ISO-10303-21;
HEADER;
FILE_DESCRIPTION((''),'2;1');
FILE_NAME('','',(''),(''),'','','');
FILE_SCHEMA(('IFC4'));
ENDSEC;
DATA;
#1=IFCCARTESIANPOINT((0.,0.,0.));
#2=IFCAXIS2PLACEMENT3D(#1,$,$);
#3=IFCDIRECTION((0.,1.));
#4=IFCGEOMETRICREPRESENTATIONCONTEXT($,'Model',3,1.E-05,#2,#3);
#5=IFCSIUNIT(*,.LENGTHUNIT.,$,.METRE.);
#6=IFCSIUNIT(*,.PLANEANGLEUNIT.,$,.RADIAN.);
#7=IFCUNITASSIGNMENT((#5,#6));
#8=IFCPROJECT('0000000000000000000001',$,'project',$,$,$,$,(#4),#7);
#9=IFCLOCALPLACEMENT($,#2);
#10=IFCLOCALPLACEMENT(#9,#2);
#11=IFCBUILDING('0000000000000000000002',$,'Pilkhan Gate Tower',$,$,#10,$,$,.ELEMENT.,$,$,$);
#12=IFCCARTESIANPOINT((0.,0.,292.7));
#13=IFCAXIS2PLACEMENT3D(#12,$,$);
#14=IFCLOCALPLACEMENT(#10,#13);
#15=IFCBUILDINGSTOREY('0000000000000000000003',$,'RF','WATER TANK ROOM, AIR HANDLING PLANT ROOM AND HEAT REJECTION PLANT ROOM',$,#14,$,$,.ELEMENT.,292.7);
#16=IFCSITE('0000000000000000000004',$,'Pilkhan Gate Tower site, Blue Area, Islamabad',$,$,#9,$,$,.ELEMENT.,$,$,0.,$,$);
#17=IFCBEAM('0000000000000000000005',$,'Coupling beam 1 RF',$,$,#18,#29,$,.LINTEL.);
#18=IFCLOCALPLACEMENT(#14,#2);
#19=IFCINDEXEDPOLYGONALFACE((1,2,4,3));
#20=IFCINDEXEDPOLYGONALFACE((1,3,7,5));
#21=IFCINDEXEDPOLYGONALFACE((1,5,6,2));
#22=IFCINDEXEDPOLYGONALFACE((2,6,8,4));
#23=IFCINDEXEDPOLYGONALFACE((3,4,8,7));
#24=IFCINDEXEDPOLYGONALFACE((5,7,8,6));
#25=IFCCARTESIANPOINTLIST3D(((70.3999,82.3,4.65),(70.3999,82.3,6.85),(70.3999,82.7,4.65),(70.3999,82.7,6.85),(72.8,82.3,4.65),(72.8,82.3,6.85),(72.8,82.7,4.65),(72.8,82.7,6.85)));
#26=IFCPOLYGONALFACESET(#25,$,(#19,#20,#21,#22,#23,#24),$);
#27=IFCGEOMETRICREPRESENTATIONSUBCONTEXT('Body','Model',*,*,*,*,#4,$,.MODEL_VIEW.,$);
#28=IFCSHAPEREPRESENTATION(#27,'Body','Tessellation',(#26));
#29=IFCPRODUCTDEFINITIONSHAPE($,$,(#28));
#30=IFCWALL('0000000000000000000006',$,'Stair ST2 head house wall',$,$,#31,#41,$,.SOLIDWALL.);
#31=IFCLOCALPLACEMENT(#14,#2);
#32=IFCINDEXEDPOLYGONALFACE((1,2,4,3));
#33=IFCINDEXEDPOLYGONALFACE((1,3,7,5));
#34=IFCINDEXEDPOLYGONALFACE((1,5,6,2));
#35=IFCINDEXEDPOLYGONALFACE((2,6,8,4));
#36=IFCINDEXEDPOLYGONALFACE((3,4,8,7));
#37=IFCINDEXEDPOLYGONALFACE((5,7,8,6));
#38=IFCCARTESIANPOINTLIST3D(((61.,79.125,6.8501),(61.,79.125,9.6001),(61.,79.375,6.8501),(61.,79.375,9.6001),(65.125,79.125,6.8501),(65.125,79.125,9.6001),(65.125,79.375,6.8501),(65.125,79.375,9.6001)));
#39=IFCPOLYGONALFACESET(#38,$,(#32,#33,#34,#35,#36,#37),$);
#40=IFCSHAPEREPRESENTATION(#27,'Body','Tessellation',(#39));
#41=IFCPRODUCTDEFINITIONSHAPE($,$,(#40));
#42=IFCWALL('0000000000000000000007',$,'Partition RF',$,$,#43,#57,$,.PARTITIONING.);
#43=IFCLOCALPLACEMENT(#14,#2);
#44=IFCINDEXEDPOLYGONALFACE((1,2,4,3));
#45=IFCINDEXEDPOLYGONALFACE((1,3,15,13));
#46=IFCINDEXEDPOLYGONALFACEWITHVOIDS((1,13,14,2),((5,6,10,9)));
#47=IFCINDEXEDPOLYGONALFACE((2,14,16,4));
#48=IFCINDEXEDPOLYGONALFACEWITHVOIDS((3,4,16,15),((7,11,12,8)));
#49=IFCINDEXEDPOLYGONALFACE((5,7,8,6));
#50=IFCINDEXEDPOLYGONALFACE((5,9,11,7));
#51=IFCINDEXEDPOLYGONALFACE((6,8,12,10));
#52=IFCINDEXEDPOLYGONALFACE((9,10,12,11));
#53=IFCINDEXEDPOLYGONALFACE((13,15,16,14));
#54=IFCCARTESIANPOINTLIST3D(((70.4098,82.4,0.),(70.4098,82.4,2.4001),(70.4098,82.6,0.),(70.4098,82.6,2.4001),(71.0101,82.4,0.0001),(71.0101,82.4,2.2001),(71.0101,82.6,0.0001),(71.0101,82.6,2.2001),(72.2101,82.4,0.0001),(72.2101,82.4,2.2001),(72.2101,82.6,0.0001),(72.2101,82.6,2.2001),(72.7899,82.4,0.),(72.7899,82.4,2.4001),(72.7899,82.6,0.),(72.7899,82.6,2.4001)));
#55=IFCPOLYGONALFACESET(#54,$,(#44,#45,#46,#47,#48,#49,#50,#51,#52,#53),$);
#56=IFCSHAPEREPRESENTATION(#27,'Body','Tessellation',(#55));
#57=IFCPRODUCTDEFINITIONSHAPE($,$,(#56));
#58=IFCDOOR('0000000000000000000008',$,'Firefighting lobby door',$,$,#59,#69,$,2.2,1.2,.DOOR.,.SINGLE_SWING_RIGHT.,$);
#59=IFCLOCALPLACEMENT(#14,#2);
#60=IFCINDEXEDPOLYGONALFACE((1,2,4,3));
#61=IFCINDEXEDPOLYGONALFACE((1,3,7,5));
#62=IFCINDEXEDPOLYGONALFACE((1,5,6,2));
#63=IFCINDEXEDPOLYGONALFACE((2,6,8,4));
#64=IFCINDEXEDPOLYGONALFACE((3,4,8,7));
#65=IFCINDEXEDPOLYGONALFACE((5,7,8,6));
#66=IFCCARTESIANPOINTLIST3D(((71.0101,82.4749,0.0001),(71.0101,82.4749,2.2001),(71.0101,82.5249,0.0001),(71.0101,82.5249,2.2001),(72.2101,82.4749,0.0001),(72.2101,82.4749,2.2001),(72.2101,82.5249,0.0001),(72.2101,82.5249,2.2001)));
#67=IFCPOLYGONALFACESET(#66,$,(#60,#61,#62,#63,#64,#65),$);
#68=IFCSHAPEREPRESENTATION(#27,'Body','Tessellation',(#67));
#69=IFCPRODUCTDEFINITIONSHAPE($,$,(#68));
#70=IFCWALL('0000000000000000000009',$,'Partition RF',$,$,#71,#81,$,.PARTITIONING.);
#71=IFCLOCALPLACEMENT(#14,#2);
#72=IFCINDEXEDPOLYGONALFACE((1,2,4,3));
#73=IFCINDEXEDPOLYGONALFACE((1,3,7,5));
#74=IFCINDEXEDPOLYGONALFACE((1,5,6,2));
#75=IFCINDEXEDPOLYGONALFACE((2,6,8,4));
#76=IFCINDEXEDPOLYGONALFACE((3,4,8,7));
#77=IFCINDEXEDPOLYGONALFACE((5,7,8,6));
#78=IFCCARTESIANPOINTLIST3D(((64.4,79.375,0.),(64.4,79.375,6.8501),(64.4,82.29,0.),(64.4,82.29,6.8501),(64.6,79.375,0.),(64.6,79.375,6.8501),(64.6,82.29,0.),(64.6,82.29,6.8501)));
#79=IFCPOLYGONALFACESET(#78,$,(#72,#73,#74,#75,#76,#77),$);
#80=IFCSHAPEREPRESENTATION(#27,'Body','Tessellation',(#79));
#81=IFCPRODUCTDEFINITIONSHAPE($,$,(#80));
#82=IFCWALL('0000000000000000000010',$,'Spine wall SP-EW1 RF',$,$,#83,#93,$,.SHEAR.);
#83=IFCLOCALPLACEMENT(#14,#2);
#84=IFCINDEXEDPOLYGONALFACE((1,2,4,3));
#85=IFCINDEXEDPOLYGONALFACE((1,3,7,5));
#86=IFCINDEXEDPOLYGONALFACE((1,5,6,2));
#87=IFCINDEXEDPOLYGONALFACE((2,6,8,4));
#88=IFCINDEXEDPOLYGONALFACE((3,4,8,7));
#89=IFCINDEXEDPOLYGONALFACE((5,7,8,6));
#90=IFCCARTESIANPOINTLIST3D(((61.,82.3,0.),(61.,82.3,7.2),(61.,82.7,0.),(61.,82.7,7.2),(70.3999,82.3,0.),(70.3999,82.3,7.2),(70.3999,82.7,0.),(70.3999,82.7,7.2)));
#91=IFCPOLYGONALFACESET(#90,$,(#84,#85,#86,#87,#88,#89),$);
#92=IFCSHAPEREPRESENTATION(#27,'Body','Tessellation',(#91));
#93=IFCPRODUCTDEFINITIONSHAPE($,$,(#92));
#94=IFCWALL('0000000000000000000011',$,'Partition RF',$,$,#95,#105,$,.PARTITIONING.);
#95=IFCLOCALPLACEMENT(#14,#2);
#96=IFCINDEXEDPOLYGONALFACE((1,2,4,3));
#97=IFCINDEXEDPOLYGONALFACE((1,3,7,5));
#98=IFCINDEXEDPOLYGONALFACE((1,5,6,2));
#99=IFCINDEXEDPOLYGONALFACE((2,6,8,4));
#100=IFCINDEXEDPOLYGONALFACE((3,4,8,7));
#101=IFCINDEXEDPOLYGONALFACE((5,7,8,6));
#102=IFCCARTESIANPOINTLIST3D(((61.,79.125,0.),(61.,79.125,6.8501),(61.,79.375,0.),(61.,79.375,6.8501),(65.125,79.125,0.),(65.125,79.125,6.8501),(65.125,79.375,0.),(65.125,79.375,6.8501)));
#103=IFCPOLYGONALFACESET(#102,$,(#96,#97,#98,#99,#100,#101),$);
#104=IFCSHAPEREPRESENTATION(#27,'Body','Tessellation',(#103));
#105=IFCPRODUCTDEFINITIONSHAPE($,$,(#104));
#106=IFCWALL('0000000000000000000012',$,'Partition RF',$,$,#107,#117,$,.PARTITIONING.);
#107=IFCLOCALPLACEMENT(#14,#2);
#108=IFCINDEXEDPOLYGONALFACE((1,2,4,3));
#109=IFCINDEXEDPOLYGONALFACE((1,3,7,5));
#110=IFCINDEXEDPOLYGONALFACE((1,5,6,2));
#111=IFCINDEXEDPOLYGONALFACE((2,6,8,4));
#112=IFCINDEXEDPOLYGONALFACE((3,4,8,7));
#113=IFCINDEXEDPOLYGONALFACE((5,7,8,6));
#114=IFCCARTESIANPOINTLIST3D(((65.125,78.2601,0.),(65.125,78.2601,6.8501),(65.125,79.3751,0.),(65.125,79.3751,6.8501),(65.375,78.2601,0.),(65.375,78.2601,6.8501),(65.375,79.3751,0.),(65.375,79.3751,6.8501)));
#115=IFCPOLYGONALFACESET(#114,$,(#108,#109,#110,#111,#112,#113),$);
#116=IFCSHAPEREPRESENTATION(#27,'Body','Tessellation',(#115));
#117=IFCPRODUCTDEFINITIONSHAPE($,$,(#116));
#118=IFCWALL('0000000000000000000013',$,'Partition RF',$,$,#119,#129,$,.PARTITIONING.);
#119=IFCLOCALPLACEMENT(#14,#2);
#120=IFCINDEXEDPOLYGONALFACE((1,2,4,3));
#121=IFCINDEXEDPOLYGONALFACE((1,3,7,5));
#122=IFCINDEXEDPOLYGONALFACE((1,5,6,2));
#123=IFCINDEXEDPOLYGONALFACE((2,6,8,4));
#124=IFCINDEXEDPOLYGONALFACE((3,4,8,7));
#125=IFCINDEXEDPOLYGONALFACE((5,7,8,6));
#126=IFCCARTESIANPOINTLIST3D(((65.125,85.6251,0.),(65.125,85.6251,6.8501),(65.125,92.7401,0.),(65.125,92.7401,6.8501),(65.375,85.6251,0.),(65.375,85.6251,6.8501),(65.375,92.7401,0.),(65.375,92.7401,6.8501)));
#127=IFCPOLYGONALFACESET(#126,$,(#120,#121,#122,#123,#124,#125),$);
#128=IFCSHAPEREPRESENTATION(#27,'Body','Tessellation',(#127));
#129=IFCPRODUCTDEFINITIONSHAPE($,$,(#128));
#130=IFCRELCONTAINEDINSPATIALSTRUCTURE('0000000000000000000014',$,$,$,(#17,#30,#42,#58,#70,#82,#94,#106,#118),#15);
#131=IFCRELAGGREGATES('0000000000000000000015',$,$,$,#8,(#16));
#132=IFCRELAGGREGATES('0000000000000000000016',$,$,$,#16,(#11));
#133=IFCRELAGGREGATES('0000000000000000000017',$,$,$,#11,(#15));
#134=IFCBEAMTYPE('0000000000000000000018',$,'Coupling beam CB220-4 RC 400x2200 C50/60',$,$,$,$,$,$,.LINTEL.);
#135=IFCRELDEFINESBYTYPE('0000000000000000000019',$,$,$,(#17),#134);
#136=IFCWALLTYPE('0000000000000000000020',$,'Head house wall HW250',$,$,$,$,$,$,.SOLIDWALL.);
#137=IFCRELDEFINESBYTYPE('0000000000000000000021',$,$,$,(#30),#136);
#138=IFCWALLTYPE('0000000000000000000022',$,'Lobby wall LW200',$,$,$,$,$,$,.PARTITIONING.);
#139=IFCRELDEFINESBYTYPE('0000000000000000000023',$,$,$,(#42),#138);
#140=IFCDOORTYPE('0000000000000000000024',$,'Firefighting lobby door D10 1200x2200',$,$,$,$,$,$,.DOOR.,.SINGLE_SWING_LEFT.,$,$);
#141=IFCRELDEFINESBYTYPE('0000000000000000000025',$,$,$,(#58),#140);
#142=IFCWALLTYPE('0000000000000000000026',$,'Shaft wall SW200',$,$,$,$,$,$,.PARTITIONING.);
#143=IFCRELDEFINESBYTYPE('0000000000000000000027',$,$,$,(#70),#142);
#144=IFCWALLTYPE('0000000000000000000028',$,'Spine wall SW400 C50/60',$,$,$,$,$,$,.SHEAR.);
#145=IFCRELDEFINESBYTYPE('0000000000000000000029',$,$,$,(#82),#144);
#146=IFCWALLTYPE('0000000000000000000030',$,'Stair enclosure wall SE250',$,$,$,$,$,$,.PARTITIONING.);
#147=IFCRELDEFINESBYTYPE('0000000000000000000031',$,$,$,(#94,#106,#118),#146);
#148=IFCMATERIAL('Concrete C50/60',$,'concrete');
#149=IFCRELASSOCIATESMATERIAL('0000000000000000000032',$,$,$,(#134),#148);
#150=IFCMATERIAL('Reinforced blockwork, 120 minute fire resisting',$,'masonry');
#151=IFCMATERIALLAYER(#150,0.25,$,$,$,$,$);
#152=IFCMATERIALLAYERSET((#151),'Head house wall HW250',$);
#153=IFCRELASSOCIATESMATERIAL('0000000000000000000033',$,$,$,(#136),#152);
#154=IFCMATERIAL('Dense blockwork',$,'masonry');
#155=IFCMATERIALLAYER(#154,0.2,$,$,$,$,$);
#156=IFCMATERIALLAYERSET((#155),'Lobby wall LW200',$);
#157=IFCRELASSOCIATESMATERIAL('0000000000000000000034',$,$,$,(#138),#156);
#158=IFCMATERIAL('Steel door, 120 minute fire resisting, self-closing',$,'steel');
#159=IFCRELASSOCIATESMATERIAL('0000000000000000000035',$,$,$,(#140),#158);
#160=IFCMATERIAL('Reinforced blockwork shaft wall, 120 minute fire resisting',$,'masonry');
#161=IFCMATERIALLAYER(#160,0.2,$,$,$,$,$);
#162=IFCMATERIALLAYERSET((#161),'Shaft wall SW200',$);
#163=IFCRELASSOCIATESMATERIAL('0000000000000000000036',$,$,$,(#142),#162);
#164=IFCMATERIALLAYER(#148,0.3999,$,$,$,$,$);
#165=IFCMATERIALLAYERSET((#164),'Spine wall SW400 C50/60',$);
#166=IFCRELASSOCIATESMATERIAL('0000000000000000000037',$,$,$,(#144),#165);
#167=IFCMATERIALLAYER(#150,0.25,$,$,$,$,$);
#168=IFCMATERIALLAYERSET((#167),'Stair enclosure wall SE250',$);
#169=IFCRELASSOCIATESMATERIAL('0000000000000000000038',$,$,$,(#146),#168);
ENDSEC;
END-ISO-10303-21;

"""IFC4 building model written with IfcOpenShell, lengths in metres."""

from ifc_helpers import new_model, si_unit, direction, frame, frame_2d, origin, origin_2d, place, context, subcontext, project, spatial, rectangle, extrude, material, layer, layer_set, material_profile, profile_set, type_object, element, fill, save


model = new_model("IFC4")

# Units and contexts
model_context = context("Model", 3, precision=1e-05, world=origin(), true_north=direction((0.0, 1.0)))
body_context = subcontext(model_context, "Body", "Model", "MODEL_VIEW")
ifc_project = project(units=[si_unit("LENGTHUNIT", "METRE"), si_unit("PLANEANGLEUNIT", "RADIAN")], contexts=[model_context])

# Site, building, storey
site_placement = place(None, origin())
site = spatial("IfcSite", under=ifc_project, at=site_placement, Name="Pilkhan Gate Tower site, Blue Area, Islamabad", CompositionType="ELEMENT", RefElevation=0.0)
building_placement = place(site_placement, origin())
building = spatial("IfcBuilding", under=site, at=building_placement, Name="Pilkhan Gate Tower", CompositionType="ELEMENT")
storey_placement = place(building_placement, frame((0.0, 0.0, 292.7)))
storey = spatial("IfcBuildingStorey", under=building, at=storey_placement, Name="RF", Description="WATER TANK ROOM, AIR HANDLING PLANT ROOM AND HEAT REJECTION PLANT ROOM", CompositionType="ELEMENT", Elevation=292.7)

# Beam
ifc_material_1 = material(Name="Concrete C50/60", Category="concrete")
ifc_material_profile = material_profile(ifc_material_1, rectangle(XDim=0.3999, YDim=2.2, at=origin_2d()), Name="RC 400x2200")
ifc_profile_set = profile_set([ifc_material_profile], Name="Concrete C50/60")
beam_type = type_object("IfcBeamType", Name="Coupling beam CB220-4 RC 400x2200 C50/60", PredefinedType="LINTEL", material=ifc_profile_set)
beam_placement = place(storey_placement, frame((70.3999, 82.5, 5.75), z_axis=(1.0, 0.0, 0.0), x_axis=(0.0, 1.0, 0.0)))
element("IfcBeam", 1, at=beam_placement, inside=storey, type_object=beam_type, Name="Coupling beam 1 RF", PredefinedType="LINTEL", context=body_context, shape_type="SweptSolid", body=[
    extrude(rectangle(XDim=0.3999, YDim=2.2, at=origin_2d()), origin(), (0.0, 0.0, 1.0), 2.4001),
])

# Wall
ifc_material_2 = material(Name="Reinforced blockwork, 120 minute fire resisting", Category="masonry")
ifc_layer_1 = layer(ifc_material_2, 0.25)
ifc_layer_set_1 = layer_set([ifc_layer_1], Name="Head house wall HW250")
wall_type_1 = type_object("IfcWallType", Name="Head house wall HW250", PredefinedType="SOLIDWALL", material=ifc_layer_set_1)
wall_1_placement = place(storey_placement, frame((61.0, 79.25, 6.8501), z_axis=(0.0, 0.0, 1.0), x_axis=(1.0, 0.0, 0.0)))
element("IfcWall", 2, at=wall_1_placement, inside=storey, type_object=wall_type_1, Name="Stair ST2 head house wall", PredefinedType="SOLIDWALL", context=body_context, shape_type="SweptSolid", body=[
    extrude(rectangle(XDim=4.125, YDim=0.25, at=frame_2d((2.0625, 0.0))), origin(), (0.0, 0.0, 1.0), 2.75),
])

# Wall, opening, door
ifc_material_3 = material(Name="Dense blockwork", Category="masonry")
ifc_layer_2 = layer(ifc_material_3, 0.2)
ifc_layer_set_2 = layer_set([ifc_layer_2], Name="Lobby wall LW200")
wall_type_2 = type_object("IfcWallType", Name="Lobby wall LW200", PredefinedType="PARTITIONING", material=ifc_layer_set_2)
wall_2_placement = place(storey_placement, frame((70.4099, 82.5, 0.0), z_axis=(0.0, 0.0, 1.0), x_axis=(1.0, 0.0, 0.0)))
wall_2 = element("IfcWall", 3, at=wall_2_placement, inside=storey, type_object=wall_type_2, Name="Partition RF", PredefinedType="PARTITIONING", context=body_context, shape_type="SweptSolid", body=[
    extrude(rectangle(XDim=2.3801, YDim=0.2, at=frame_2d((1.1899, 0.0))), origin(), (0.0, 0.0, 1.0), 2.4001),
])
opening_placement = place(wall_2_placement, frame((0.6001, 0.0, 0.0)))
opening = element("IfcOpeningElement", 4, at=opening_placement, cuts=wall_2, PredefinedType="OPENING", context=body_context, shape_type="SweptSolid", body=[
    extrude(rectangle(XDim=1.2, YDim=2.2, at=frame_2d((0.6001, 1.1001))), frame((0.0, 0.1099, 0.0), z_axis=(0.0, -1.0, 0.0), x_axis=(1.0, 0.0, 0.0)), (0.0, 0.0, 1.0), 0.22),
])
ifc_material_4 = material(Name="Steel door, 120 minute fire resisting, self-closing", Category="steel")
door_type = type_object("IfcDoorType", Name="Firefighting lobby door D10 1200x2200", OperationType="SINGLE_SWING_LEFT", PredefinedType="DOOR", material=ifc_material_4)
door_placement = place(opening_placement, origin())
door = element("IfcDoor", 5, at=door_placement, inside=storey, type_object=door_type, Name="Firefighting lobby door", OperationType="SINGLE_SWING_RIGHT", OverallHeight=2.2, OverallWidth=1.2, PredefinedType="DOOR", context=body_context, shape_type="SweptSolid", body=[
    extrude(rectangle(XDim=1.2, YDim=2.2, at=frame_2d((0.6001, 1.1001))), frame((0.0, 0.0249, 0.0), z_axis=(0.0, -1.0, 0.0), x_axis=(1.0, 0.0, 0.0)), (0.0, 0.0, 1.0), 0.05),
])
fill(opening, door)

# Walls
ifc_material_5 = material(Name="Reinforced blockwork shaft wall, 120 minute fire resisting", Category="masonry")
ifc_layer_3 = layer(ifc_material_5, 0.2)
ifc_layer_set_3 = layer_set([ifc_layer_3], Name="Shaft wall SW200")
wall_type_3 = type_object("IfcWallType", Name="Shaft wall SW200", PredefinedType="PARTITIONING", material=ifc_layer_set_3)
wall_3_placement = place(storey_placement, frame((64.5, 79.375, 0.0), z_axis=(0.0, 0.0, 1.0), x_axis=(0.0, 1.0, 0.0)))
element("IfcWall", 6, at=wall_3_placement, inside=storey, type_object=wall_type_3, Name="Partition RF", PredefinedType="PARTITIONING", context=body_context, shape_type="SweptSolid", body=[
    extrude(rectangle(XDim=2.915, YDim=0.2, at=frame_2d((1.4575, 0.0))), origin(), (0.0, 0.0, 1.0), 6.8501),
])
ifc_layer_4 = layer(ifc_material_1, 0.3999)
ifc_layer_set_4 = layer_set([ifc_layer_4], Name="Spine wall SW400 C50/60")
wall_type_4 = type_object("IfcWallType", Name="Spine wall SW400 C50/60", PredefinedType="SHEAR", material=ifc_layer_set_4)
wall_4_placement = place(storey_placement, frame((61.0, 82.5, 0.0), z_axis=(0.0, 0.0, 1.0), x_axis=(1.0, 0.0, 0.0)))
element("IfcWall", 7, at=wall_4_placement, inside=storey, type_object=wall_type_4, Name="Spine wall SP-EW1 RF", PredefinedType="SHEAR", context=body_context, shape_type="SweptSolid", body=[
    extrude(rectangle(XDim=9.3999, YDim=0.3999, at=frame_2d((4.7, 0.0))), origin(), (0.0, 0.0, 1.0), 7.2),
])
ifc_layer_5 = layer(ifc_material_2, 0.25)
ifc_layer_set_5 = layer_set([ifc_layer_5], Name="Stair enclosure wall SE250")
wall_type_5 = type_object("IfcWallType", Name="Stair enclosure wall SE250", PredefinedType="PARTITIONING", material=ifc_layer_set_5)
wall_5_placement = place(storey_placement, frame((61.0, 79.25, 0.0), z_axis=(0.0, 0.0, 1.0), x_axis=(1.0, 0.0, 0.0)))
element("IfcWall", 8, at=wall_5_placement, inside=storey, type_object=wall_type_5, Name="Partition RF", PredefinedType="PARTITIONING", context=body_context, shape_type="SweptSolid", body=[
    extrude(rectangle(XDim=4.125, YDim=0.25, at=frame_2d((2.0625, 0.0))), origin(), (0.0, 0.0, 1.0), 6.8501),
])
wall_6_placement = place(storey_placement, frame((65.25, 78.26, 0.0), z_axis=(0.0, 0.0, 1.0), x_axis=(0.0, 1.0, 0.0)))
element("IfcWall", 9, at=wall_6_placement, inside=storey, type_object=wall_type_5, Name="Partition RF", PredefinedType="PARTITIONING", context=body_context, shape_type="SweptSolid", body=[
    extrude(rectangle(XDim=1.115, YDim=0.25, at=frame_2d((0.5576, 0.0))), origin(), (0.0, 0.0, 1.0), 6.8501),
])
wall_7_placement = place(storey_placement, frame((65.25, 85.625, 0.0), z_axis=(0.0, 0.0, 1.0), x_axis=(0.0, 1.0, 0.0)))
element("IfcWall", 10, at=wall_7_placement, inside=storey, type_object=wall_type_5, Name="Partition RF", PredefinedType="PARTITIONING", context=body_context, shape_type="SweptSolid", body=[
    extrude(rectangle(XDim=7.115, YDim=0.25, at=frame_2d((3.5576, 0.0))), origin(), (0.0, 0.0, 1.0), 6.8501),
])

save(model, "model.ifc")
